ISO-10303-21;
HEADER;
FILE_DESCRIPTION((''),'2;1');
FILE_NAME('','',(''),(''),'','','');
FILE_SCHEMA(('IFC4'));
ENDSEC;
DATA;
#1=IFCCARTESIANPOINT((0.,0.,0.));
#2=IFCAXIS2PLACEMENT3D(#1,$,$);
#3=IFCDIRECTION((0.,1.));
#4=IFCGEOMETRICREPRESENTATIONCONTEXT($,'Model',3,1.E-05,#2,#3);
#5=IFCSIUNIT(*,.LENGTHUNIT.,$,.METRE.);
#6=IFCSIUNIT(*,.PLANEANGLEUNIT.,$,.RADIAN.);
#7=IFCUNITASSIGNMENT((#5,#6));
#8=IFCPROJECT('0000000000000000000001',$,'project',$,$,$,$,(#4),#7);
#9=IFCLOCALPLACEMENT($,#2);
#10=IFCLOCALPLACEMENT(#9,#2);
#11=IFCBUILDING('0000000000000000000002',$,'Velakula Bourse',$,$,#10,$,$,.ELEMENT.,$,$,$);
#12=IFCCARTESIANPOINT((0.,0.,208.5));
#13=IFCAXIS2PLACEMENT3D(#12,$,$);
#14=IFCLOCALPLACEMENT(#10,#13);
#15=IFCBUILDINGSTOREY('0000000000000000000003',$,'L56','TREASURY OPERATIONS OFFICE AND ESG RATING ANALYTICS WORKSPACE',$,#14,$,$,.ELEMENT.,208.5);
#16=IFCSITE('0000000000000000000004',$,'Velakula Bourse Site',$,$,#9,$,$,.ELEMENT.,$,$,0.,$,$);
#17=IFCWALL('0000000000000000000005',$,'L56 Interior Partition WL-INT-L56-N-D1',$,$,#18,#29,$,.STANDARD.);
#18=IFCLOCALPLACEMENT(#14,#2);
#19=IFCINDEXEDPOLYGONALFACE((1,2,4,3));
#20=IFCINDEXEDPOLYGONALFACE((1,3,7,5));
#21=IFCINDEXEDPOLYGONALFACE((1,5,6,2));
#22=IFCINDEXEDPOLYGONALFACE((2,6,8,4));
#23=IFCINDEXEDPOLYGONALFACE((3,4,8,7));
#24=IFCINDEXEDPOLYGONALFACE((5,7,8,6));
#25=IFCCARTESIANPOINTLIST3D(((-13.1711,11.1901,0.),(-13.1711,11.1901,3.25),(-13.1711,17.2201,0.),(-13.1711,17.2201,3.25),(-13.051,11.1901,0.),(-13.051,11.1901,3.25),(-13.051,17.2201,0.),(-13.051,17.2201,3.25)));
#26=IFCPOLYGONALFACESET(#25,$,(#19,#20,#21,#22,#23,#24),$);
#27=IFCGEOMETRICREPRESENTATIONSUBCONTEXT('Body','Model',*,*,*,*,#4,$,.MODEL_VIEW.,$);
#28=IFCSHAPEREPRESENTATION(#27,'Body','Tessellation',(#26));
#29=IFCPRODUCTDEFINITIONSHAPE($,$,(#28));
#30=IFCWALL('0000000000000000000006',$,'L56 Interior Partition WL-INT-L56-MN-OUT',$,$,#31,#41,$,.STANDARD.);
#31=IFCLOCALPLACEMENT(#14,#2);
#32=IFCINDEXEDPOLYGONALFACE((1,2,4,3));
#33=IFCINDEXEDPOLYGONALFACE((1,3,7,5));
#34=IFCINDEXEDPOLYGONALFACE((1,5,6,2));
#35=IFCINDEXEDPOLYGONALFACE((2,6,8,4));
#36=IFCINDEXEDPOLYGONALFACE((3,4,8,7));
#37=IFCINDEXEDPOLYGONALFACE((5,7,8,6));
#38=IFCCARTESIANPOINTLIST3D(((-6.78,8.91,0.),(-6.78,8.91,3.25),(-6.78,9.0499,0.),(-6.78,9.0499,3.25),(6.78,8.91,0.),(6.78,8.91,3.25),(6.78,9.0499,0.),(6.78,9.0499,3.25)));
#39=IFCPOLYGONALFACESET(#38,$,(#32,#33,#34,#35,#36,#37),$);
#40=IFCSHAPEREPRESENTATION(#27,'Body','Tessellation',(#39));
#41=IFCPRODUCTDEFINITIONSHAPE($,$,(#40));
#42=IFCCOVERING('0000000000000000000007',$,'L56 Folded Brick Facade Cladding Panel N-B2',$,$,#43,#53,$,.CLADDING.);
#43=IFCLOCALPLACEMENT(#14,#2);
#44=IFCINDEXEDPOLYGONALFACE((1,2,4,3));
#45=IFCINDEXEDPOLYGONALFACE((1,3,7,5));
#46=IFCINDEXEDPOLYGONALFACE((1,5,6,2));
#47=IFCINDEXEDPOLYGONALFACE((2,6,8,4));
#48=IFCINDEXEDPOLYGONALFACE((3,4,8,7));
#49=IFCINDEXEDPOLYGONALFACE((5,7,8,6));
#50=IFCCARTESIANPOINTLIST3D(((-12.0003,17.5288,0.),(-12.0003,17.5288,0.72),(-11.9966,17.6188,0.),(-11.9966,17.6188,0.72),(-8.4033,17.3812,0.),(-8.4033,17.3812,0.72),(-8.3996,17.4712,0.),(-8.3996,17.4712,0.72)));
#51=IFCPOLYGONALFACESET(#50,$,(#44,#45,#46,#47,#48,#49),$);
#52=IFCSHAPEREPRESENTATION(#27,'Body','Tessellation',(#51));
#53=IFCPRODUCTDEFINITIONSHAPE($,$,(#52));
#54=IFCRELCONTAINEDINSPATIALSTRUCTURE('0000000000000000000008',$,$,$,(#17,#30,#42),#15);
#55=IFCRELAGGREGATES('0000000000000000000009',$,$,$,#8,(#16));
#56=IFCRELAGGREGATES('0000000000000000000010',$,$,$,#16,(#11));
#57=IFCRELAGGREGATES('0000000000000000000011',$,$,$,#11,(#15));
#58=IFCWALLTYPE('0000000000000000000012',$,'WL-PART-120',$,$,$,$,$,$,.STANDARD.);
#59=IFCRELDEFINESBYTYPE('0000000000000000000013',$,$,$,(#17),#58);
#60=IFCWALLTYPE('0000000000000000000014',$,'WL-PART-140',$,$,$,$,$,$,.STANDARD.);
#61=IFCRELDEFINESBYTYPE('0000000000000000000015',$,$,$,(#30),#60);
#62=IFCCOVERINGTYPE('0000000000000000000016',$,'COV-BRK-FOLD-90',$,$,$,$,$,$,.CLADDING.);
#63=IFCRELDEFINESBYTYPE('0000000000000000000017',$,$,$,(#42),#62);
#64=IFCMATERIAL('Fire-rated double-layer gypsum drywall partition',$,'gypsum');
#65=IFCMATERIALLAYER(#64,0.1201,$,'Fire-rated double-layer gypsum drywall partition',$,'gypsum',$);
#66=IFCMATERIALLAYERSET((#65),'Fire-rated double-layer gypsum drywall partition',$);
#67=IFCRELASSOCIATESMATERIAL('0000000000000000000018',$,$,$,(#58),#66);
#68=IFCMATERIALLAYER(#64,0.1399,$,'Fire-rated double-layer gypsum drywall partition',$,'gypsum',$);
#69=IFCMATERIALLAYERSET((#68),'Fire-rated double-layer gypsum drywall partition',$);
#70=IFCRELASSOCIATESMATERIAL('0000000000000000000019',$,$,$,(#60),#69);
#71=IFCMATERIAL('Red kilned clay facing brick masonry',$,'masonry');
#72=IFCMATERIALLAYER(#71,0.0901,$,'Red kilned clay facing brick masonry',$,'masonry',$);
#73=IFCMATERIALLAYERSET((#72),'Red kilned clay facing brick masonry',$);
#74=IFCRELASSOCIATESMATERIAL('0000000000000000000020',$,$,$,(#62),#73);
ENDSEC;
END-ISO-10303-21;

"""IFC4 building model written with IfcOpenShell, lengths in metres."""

from ifc_helpers import new_model, si_unit, direction, frame, frame_2d, origin, origin_2d, place, context, subcontext, project, spatial, rectangle, extrude, material, layer, layer_set, type_object, element, save


model = new_model("IFC4")

# Units and contexts
model_context = context("Model", 3, precision=1e-05, world=origin(), true_north=direction((0.0, 1.0)))
body_context = subcontext(model_context, "Body", "Model", "MODEL_VIEW")
ifc_project = project(units=[si_unit("LENGTHUNIT", "METRE"), si_unit("PLANEANGLEUNIT", "RADIAN")], contexts=[model_context])

# Site, building, storey
site_placement = place(None, origin())
site = spatial("IfcSite", under=ifc_project, at=site_placement, Name="Velakula Bourse Site", CompositionType="ELEMENT", RefElevation=0.0)
building_placement = place(site_placement, origin())
building = spatial("IfcBuilding", under=site, at=building_placement, Name="Velakula Bourse", CompositionType="ELEMENT")
storey_placement = place(building_placement, frame((0.0, 0.0, 208.5)))
storey = spatial("IfcBuildingStorey", under=building, at=storey_placement, Name="L56", Description="TREASURY OPERATIONS OFFICE AND ESG RATING ANALYTICS WORKSPACE", CompositionType="ELEMENT", Elevation=208.5)

# Walls
ifc_material_1 = material(Name="Fire-rated double-layer gypsum drywall partition", Category="gypsum")
ifc_layer_1 = layer(ifc_material_1, 0.1201, Name="Fire-rated double-layer gypsum drywall partition", Category="gypsum")
ifc_layer_set_1 = layer_set([ifc_layer_1], Name="Fire-rated double-layer gypsum drywall partition")
wall_type_1 = type_object("IfcWallType", Name="WL-PART-120", PredefinedType="STANDARD", material=ifc_layer_set_1)
wall_1_placement = place(storey_placement, frame((-13.1111, 11.1899, 0.0), z_axis=(0.0, 0.0, 1.0), x_axis=(0.0, 1.0, 0.0)))
element("IfcWall", 1, at=wall_1_placement, inside=storey, type_object=wall_type_1, Name="L56 Interior Partition WL-INT-L56-N-D1", PredefinedType="STANDARD", context=body_context, shape_type="SweptSolid", body=[
    extrude(rectangle(XDim=6.03, YDim=0.1201, at=frame_2d((3.0151, 0.0))), origin(), (0.0, 0.0, 1.0), 3.25),
])
ifc_layer_2 = layer(ifc_material_1, 0.1399, Name="Fire-rated double-layer gypsum drywall partition", Category="gypsum")
ifc_layer_set_2 = layer_set([ifc_layer_2], Name="Fire-rated double-layer gypsum drywall partition")
wall_type_2 = type_object("IfcWallType", Name="WL-PART-140", PredefinedType="STANDARD", material=ifc_layer_set_2)
wall_2_placement = place(storey_placement, frame((-6.78, 8.98, 0.0), z_axis=(0.0, 0.0, 1.0), x_axis=(1.0, 0.0, 0.0)))
element("IfcWall", 2, at=wall_2_placement, inside=storey, type_object=wall_type_2, Name="L56 Interior Partition WL-INT-L56-MN-OUT", PredefinedType="STANDARD", context=body_context, shape_type="SweptSolid", body=[
    extrude(rectangle(XDim=13.5601, YDim=0.1399, at=frame_2d((6.78, 0.0))), origin(), (0.0, 0.0, 1.0), 3.25),
])

# Covering
ifc_material_2 = material(Name="Red kilned clay facing brick masonry", Category="masonry")
ifc_layer_3 = layer(ifc_material_2, 0.0901, Name="Red kilned clay facing brick masonry", Category="masonry")
ifc_layer_set_3 = layer_set([ifc_layer_3], Name="Red kilned clay facing brick masonry")
covering_type = type_object("IfcCoveringType", Name="COV-BRK-FOLD-90", PredefinedType="CLADDING", material=ifc_layer_set_3)
covering_placement = place(storey_placement, frame((-10.2, 17.5, 0.0), z_axis=(0.0, 0.0, 1.0), x_axis=(0.999159, -0.041004, 0.0)))
element("IfcCovering", 3, at=covering_placement, inside=storey, type_object=covering_type, Name="L56 Folded Brick Facade Cladding Panel N-B2", PredefinedType="CLADDING", context=body_context, shape_type="SweptSolid", body=[
    extrude(rectangle(XDim=3.6001, YDim=0.0901, at=origin_2d()), origin(), (0.0, 0.0, 1.0), 0.72),
])

save(model, "model.ifc")
